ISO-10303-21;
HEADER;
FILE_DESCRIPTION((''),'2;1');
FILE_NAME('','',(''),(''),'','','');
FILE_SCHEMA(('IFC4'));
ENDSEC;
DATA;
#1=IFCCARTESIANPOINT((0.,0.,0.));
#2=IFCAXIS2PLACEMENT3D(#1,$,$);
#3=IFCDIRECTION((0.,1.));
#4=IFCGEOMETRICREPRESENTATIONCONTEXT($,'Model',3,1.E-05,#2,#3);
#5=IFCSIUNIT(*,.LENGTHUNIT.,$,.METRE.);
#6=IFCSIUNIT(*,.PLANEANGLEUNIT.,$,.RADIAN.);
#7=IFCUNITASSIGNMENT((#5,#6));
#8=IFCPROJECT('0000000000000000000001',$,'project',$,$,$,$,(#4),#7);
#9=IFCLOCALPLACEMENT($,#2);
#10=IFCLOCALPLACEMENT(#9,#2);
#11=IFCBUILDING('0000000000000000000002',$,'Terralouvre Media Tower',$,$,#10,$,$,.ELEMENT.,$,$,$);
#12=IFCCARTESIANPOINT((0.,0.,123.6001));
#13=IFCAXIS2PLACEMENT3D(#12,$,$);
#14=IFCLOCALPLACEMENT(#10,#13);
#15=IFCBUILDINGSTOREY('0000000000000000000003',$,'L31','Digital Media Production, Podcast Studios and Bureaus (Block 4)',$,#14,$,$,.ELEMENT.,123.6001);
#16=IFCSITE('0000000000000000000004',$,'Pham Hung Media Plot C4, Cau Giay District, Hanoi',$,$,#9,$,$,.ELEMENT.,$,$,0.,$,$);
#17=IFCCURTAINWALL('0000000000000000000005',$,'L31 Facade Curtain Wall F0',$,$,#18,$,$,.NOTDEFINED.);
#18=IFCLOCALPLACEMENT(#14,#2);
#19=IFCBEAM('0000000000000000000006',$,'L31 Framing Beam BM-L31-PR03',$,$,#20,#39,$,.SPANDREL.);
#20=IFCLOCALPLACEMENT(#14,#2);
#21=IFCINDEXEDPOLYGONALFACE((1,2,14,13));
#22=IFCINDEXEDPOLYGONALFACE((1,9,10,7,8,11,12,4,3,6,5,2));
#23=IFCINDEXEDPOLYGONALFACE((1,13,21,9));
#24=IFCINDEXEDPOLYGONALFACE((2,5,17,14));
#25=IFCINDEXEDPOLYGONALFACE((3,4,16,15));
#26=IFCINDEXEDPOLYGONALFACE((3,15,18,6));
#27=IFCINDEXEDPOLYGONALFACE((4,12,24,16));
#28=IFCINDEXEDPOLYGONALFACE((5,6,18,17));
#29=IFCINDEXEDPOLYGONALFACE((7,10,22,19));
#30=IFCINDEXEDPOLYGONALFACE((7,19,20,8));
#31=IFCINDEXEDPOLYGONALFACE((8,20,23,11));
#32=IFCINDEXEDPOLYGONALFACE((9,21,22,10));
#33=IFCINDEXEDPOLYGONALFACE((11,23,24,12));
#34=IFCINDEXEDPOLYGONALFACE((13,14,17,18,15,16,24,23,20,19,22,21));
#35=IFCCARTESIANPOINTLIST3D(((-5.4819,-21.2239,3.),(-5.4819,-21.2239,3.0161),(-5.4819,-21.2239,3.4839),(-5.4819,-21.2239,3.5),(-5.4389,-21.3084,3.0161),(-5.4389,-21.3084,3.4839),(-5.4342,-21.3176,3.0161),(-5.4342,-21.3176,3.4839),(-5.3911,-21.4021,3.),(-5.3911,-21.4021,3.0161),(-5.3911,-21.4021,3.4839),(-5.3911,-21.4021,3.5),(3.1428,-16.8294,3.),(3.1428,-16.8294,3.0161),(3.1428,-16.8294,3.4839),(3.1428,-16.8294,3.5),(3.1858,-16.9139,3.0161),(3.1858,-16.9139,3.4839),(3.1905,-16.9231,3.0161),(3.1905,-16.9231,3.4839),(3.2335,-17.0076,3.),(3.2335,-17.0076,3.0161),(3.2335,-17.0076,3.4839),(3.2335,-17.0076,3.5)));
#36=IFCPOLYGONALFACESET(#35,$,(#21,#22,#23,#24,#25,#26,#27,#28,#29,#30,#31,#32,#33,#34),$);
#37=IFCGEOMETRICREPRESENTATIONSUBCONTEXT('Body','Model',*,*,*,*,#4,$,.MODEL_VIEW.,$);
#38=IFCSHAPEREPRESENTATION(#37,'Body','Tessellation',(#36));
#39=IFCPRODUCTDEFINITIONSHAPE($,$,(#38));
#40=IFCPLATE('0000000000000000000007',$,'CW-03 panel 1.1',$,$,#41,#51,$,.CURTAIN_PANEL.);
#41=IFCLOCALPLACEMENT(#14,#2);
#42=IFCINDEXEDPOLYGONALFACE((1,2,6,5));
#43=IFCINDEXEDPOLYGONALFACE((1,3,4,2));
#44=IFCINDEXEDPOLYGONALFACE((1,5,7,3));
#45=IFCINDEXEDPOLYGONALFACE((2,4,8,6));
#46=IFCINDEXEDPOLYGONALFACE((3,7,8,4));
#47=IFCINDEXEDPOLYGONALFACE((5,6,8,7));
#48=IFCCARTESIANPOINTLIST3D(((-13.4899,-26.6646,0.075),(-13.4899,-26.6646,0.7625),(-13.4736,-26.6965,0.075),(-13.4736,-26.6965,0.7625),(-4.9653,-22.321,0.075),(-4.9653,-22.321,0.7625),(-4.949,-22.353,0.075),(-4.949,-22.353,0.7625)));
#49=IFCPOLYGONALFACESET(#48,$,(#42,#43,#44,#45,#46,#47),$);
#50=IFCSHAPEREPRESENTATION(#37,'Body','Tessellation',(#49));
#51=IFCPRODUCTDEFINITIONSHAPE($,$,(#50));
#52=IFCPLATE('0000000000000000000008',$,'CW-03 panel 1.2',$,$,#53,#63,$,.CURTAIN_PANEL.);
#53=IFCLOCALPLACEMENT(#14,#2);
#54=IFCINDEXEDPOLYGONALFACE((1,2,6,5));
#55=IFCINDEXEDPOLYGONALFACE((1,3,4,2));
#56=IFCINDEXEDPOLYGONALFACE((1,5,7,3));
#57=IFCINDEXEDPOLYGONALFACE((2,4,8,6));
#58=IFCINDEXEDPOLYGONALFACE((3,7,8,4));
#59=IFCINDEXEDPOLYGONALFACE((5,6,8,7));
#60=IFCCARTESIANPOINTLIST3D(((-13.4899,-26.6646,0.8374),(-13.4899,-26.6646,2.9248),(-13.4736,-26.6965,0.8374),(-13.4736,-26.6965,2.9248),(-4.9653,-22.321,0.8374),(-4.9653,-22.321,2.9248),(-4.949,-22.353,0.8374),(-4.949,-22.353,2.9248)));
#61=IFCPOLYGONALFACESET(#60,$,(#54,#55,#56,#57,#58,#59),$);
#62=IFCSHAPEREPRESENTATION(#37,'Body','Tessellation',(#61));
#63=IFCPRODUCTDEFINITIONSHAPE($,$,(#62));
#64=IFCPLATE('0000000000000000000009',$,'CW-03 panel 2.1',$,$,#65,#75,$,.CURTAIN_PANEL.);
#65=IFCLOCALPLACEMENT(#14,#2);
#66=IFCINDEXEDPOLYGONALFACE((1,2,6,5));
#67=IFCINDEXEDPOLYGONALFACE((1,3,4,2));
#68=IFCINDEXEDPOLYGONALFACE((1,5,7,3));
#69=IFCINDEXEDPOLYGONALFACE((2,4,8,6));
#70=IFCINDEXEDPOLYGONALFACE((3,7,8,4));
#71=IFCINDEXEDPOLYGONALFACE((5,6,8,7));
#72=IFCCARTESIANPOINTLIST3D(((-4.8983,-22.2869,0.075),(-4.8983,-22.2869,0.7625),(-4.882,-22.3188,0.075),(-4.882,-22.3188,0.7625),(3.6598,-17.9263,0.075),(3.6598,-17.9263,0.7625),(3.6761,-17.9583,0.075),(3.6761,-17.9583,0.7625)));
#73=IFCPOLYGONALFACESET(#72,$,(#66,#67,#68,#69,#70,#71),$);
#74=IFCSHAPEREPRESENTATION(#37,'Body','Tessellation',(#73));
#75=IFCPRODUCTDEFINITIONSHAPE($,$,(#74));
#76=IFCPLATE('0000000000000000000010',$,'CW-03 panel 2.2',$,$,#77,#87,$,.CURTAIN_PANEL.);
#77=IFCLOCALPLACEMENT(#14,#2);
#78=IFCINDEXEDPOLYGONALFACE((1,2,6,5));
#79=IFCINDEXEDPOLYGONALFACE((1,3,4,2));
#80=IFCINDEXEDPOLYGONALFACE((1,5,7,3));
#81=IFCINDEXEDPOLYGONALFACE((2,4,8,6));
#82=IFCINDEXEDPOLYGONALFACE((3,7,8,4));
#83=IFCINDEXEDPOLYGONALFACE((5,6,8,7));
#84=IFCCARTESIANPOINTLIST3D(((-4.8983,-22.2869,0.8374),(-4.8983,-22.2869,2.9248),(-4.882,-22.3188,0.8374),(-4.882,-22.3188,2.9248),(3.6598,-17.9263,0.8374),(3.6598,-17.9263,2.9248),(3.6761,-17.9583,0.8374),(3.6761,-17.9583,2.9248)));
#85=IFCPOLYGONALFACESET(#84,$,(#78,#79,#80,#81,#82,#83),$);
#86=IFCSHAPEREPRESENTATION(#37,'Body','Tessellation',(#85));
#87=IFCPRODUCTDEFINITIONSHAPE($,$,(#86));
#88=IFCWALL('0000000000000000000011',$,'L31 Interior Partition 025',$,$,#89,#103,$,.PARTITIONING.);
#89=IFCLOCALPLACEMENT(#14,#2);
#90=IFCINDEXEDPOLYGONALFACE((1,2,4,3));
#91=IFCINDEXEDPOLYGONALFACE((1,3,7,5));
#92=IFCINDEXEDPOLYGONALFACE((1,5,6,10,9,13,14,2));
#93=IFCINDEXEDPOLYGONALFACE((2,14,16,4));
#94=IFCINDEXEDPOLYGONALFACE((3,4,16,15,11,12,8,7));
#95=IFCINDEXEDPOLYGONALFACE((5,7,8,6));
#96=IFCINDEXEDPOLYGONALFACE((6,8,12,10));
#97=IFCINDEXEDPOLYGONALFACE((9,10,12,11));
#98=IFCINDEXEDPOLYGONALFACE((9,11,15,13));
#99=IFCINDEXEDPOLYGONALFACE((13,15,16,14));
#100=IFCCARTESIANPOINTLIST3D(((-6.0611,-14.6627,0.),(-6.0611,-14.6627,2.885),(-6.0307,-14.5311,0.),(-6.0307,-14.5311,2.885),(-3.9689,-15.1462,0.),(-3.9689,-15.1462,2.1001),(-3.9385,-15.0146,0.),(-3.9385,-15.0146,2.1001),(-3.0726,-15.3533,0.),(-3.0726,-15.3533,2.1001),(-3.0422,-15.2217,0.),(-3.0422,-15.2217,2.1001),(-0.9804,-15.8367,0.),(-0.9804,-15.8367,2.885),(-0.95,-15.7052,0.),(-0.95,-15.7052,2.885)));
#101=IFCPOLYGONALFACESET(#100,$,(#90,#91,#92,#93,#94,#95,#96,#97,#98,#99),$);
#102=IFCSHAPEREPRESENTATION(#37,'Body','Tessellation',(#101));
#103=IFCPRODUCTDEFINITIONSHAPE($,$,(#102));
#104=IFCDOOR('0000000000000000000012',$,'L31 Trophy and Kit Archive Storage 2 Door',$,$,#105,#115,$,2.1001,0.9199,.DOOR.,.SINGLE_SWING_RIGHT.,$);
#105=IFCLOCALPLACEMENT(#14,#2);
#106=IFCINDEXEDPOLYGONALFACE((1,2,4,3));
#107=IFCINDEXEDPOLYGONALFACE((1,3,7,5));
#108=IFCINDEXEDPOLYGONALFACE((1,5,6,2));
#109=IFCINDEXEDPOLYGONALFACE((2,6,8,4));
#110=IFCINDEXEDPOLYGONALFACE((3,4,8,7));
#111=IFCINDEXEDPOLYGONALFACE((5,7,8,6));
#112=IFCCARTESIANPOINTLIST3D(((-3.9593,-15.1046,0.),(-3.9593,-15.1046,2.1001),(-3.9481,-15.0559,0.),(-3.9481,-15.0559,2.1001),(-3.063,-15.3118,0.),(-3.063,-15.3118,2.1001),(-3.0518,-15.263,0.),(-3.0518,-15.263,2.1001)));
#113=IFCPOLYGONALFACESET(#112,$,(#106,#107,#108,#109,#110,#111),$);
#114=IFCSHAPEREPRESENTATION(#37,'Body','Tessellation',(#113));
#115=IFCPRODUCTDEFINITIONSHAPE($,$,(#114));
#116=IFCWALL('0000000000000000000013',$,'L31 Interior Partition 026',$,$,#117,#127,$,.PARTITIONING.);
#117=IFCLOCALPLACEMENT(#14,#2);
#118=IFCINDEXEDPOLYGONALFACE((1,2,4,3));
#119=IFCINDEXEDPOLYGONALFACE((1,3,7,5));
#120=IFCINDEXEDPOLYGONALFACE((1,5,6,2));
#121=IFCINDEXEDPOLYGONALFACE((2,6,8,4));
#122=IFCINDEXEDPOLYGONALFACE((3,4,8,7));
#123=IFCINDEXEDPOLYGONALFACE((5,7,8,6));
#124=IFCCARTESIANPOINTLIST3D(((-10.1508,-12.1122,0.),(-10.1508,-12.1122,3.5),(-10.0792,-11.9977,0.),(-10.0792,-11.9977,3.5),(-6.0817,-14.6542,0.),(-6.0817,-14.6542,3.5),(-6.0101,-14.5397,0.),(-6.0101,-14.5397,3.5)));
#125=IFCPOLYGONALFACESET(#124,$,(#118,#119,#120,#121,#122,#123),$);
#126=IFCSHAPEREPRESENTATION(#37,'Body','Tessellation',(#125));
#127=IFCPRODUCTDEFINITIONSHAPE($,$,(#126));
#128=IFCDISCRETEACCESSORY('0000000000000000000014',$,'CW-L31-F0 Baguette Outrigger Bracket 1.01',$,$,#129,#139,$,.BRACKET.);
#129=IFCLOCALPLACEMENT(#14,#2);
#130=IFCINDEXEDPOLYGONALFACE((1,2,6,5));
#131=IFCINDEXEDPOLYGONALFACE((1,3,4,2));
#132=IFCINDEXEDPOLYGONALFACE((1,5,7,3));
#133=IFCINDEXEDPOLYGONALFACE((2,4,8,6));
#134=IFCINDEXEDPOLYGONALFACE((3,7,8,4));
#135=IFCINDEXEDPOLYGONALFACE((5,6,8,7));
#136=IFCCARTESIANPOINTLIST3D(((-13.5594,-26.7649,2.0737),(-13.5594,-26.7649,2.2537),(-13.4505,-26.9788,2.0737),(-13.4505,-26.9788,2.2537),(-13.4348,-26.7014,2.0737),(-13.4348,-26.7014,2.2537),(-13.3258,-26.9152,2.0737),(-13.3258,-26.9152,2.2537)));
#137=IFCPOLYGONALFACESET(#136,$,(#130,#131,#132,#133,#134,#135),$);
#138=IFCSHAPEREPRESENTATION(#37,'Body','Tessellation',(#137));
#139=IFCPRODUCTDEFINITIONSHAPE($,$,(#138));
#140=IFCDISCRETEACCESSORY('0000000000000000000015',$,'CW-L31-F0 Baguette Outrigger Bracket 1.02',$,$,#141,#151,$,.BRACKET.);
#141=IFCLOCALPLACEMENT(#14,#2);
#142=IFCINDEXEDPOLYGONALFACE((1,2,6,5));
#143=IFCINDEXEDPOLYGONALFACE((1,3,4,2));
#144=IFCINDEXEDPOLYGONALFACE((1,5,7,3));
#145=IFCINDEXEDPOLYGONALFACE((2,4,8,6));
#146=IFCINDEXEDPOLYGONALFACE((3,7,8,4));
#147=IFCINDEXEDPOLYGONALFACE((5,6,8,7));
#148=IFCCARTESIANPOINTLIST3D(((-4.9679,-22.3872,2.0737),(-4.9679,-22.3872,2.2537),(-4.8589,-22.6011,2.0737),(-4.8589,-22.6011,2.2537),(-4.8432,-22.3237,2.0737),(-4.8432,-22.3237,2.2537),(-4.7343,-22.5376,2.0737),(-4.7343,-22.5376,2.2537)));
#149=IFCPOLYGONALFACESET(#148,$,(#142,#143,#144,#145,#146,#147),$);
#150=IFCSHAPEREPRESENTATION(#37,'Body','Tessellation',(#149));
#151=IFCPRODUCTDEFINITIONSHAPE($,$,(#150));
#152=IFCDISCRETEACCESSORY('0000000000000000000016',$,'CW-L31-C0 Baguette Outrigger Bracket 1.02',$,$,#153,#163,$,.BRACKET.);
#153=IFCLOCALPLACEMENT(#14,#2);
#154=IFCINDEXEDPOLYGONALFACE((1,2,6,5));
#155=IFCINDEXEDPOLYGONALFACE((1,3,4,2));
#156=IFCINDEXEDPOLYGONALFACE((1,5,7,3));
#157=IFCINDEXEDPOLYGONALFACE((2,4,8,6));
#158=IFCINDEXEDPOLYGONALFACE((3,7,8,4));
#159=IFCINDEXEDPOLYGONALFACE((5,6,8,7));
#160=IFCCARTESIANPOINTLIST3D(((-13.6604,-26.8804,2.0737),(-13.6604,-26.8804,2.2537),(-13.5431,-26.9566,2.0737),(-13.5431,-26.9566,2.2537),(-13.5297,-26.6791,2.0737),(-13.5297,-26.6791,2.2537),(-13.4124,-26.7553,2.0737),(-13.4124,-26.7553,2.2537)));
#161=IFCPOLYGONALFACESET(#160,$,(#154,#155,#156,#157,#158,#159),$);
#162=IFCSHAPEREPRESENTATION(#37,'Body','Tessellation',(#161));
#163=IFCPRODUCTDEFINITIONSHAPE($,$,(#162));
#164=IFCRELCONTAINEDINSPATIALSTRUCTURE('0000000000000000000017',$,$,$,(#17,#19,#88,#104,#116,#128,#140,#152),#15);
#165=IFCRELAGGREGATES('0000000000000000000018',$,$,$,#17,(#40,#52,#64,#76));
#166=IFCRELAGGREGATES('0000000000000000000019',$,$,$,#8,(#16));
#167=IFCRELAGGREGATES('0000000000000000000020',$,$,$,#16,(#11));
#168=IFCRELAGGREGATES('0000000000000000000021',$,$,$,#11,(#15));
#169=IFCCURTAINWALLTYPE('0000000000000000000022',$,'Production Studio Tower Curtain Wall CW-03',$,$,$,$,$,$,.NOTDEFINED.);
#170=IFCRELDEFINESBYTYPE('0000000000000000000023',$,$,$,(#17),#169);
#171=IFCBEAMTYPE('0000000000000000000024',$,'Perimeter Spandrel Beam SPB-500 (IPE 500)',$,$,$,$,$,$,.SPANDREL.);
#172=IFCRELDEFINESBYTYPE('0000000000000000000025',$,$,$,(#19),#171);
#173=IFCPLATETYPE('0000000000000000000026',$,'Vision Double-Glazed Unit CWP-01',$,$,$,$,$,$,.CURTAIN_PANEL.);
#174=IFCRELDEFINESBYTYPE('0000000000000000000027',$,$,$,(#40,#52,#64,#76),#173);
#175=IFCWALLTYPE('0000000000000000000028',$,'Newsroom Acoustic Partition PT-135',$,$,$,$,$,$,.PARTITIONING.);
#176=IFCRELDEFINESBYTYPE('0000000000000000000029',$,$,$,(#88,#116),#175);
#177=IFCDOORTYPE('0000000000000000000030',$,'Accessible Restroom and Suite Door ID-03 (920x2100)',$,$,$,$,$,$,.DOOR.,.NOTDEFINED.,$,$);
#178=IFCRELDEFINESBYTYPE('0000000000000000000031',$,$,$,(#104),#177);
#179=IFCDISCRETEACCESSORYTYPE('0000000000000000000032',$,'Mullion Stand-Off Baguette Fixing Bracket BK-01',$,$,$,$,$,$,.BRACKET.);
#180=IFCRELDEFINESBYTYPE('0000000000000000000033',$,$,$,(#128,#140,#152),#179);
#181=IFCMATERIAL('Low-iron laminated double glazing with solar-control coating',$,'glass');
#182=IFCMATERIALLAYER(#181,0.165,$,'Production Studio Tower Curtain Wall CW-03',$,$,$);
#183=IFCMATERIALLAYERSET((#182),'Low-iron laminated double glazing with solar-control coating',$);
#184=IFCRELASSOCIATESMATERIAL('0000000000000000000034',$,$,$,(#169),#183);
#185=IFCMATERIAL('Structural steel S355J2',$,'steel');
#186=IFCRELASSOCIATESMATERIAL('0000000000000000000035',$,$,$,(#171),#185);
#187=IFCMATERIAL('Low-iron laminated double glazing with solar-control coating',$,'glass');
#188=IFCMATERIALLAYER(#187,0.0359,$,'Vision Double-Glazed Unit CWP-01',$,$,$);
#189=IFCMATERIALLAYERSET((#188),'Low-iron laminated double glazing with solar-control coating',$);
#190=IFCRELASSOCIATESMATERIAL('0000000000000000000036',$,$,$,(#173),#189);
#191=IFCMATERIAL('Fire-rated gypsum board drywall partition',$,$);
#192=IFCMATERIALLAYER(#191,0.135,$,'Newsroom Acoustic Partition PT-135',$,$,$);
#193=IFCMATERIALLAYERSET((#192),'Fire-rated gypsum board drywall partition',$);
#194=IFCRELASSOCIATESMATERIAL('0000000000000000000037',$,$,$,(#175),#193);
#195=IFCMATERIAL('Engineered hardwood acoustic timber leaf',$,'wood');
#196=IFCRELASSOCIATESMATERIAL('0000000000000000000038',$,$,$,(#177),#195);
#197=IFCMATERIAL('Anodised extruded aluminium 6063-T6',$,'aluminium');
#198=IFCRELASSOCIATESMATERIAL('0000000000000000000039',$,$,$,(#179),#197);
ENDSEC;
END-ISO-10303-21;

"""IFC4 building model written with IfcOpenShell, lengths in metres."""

from ifc_helpers import new_model, si_unit, direction, frame, frame_2d, origin, origin_2d, place, context, subcontext, project, spatial, rectangle, i_section, extrude, material, layer, layer_set, material_profile, profile_set, type_object, element, fill, aggregate, save


model = new_model("IFC4")

# Units and contexts
model_context = context("Model", 3, precision=1e-05, world=origin(), true_north=direction((0.0, 1.0)))
body_context = subcontext(model_context, "Body", "Model", "MODEL_VIEW")
ifc_project = project(units=[si_unit("LENGTHUNIT", "METRE"), si_unit("PLANEANGLEUNIT", "RADIAN")], contexts=[model_context])

# Site, building, storey
site_placement = place(None, origin())
site = spatial("IfcSite", under=ifc_project, at=site_placement, Name="Pham Hung Media Plot C4, Cau Giay District, Hanoi", CompositionType="ELEMENT", RefElevation=0.0)
building_placement = place(site_placement, origin())
building = spatial("IfcBuilding", under=site, at=building_placement, Name="Terralouvre Media Tower", CompositionType="ELEMENT")
storey_placement = place(building_placement, frame((0.0, 0.0, 123.6001)))
storey = spatial("IfcBuildingStorey", under=building, at=storey_placement, Name="L31", Description="Digital Media Production, Podcast Studios and Bureaus (Block 4)", CompositionType="ELEMENT", Elevation=123.6001)

# Curtain wall
ifc_material_1 = material(Name="Low-iron laminated double glazing with solar-control coating", Category="glass")
ifc_layer_1 = layer(ifc_material_1, 0.165, Name="Production Studio Tower Curtain Wall CW-03")
ifc_layer_set_1 = layer_set([ifc_layer_1], Name="Low-iron laminated double glazing with solar-control coating")
curtain_wall_type_1 = type_object("IfcCurtainWallType", Name="Production Studio Tower Curtain Wall CW-03", PredefinedType="NOTDEFINED", material=ifc_layer_set_1)
curtain_wall_1_placement = place(storey_placement, origin())
curtain_wall_1 = element("IfcCurtainWall", 1, at=curtain_wall_1_placement, inside=storey, type_object=curtain_wall_type_1, Name="L31 Facade Curtain Wall F0", PredefinedType="NOTDEFINED")

# Beam
ifc_material_2 = material(Name="Structural steel S355J2", Category="steel")
ifc_material_profile_1 = material_profile(ifc_material_2, i_section(OverallWidth=0.2, OverallDepth=0.5, WebThickness=0.0103, FlangeThickness=0.0161, at=origin_2d()), Name="IPE 500")
ifc_profile_set_1 = profile_set([ifc_material_profile_1], Name="Structural steel S355J2")
beam_type_1 = type_object("IfcBeamType", Name="Perimeter Spandrel Beam SPB-500 (IPE 500)", PredefinedType="SPANDREL", material=ifc_profile_set_1)
beam_1_placement = place(storey_placement, frame((-5.4365, -21.313, 3.25), z_axis=(0.891007, 0.45399, 0.0), x_axis=(-0.45399, 0.891007, 0.0)))
element("IfcBeam", 2, at=beam_1_placement, inside=storey, type_object=beam_type_1, Name="L31 Framing Beam BM-L31-PR03", PredefinedType="SPANDREL", context=body_context, shape_type="SweptSolid", body=[
    extrude(i_section(OverallWidth=0.2, OverallDepth=0.5, WebThickness=0.0103, FlangeThickness=0.0161, at=origin_2d()), origin(), (0.0, 0.0, 1.0), 9.6797),
])

# Plates
ifc_material_3 = material(Name="Low-iron laminated double glazing with solar-control coating", Category="glass")
ifc_layer_2 = layer(ifc_material_3, 0.0359, Name="Vision Double-Glazed Unit CWP-01")
ifc_layer_set_2 = layer_set([ifc_layer_2], Name="Low-iron laminated double glazing with solar-control coating")
plate_type = type_object("IfcPlateType", Name="Vision Double-Glazed Unit CWP-01", PredefinedType="CURTAIN_PANEL", material=ifc_layer_set_2)
plate_1_placement = place(storey_placement, frame((-9.2195, -24.5088, 0.075), z_axis=(0.0, 0.0, 1.0), x_axis=(0.891007, 0.453991, 0.0)))
plate_1 = element("IfcPlate", 3, at=plate_1_placement, type_object=plate_type, Name="CW-03 panel 1.1", PredefinedType="CURTAIN_PANEL", context=body_context, shape_type="SweptSolid", body=[
    extrude(rectangle(XDim=9.5674, YDim=0.0359, at=origin_2d()), origin(), (0.0, 0.0, 1.0), 0.6875),
])
plate_2_placement = place(storey_placement, frame((-9.2195, -24.5088, 0.8374), z_axis=(0.0, 0.0, 1.0), x_axis=(0.891007, 0.453991, 0.0)))
plate_2 = element("IfcPlate", 4, at=plate_2_placement, type_object=plate_type, Name="CW-03 panel 1.2", PredefinedType="CURTAIN_PANEL", context=body_context, shape_type="SweptSolid", body=[
    extrude(rectangle(XDim=9.5674, YDim=0.0359, at=origin_2d()), origin(), (0.0, 0.0, 1.0), 2.0874),
])
plate_3_placement = place(storey_placement, frame((-0.6111, -20.1226, 0.075), z_axis=(0.0, 0.0, 1.0), x_axis=(0.891007, 0.453991, 0.0)))
plate_3 = element("IfcPlate", 5, at=plate_3_placement, type_object=plate_type, Name="CW-03 panel 2.1", PredefinedType="CURTAIN_PANEL", context=body_context, shape_type="SweptSolid", body=[
    extrude(rectangle(XDim=9.605, YDim=0.0359, at=origin_2d()), origin(), (0.0, 0.0, 1.0), 0.6875),
])
plate_4_placement = place(storey_placement, frame((-0.6111, -20.1226, 0.8374), z_axis=(0.0, 0.0, 1.0), x_axis=(0.891007, 0.453991, 0.0)))
plate_4 = element("IfcPlate", 6, at=plate_4_placement, type_object=plate_type, Name="CW-03 panel 2.2", PredefinedType="CURTAIN_PANEL", context=body_context, shape_type="SweptSolid", body=[
    extrude(rectangle(XDim=9.605, YDim=0.0359, at=origin_2d()), origin(), (0.0, 0.0, 1.0), 2.0874),
])
aggregate(curtain_wall_1, [plate_1, plate_2, plate_3, plate_4])

# Wall, opening, door
ifc_material_4 = material(Name="Fire-rated gypsum board drywall partition")
ifc_layer_3 = layer(ifc_material_4, 0.135, Name="Newsroom Acoustic Partition PT-135")
ifc_layer_set_3 = layer_set([ifc_layer_3], Name="Fire-rated gypsum board drywall partition")
wall_type = type_object("IfcWallType", Name="Newsroom Acoustic Partition PT-135", PredefinedType="PARTITIONING", material=ifc_layer_set_3)
wall_1_placement = place(storey_placement, frame((-0.9651, -15.771, 0.0), z_axis=(0.0, 0.0, 1.0), x_axis=(-0.974325, 0.225147, 0.0)))
wall_1 = element("IfcWall", 7, at=wall_1_placement, inside=storey, type_object=wall_type, Name="L31 Interior Partition 025", PredefinedType="PARTITIONING", context=body_context, shape_type="SweptSolid", body=[
    extrude(rectangle(XDim=5.2146, YDim=0.135, at=frame_2d((2.6074, 0.0))), origin(), (0.0, 0.0, 1.0), 2.885),
])
opening_placement = place(wall_1_placement, frame((2.1475, 0.0, 0.0)))
opening = element("IfcOpeningElement", 8, at=opening_placement, cuts=wall_1, PredefinedType="OPENING", context=body_context, shape_type="SweptSolid", body=[
    extrude(rectangle(XDim=0.9199, YDim=2.1001, at=frame_2d((0.46, 1.05))), frame((0.0, 0.0774, 0.0), z_axis=(0.0, -1.0, 0.0), x_axis=(1.0, 0.0, 0.0)), (0.0, 0.0, 1.0), 0.155),
])
ifc_material_5 = material(Name="Engineered hardwood acoustic timber leaf", Category="wood")
door_type = type_object("IfcDoorType", Name="Accessible Restroom and Suite Door ID-03 (920x2100)", OperationType="NOTDEFINED", PredefinedType="DOOR", material=ifc_material_5)
door_placement = place(opening_placement, origin())
door = element("IfcDoor", 9, at=door_placement, inside=storey, type_object=door_type, Name="L31 Trophy and Kit Archive Storage 2 Door", OperationType="SINGLE_SWING_RIGHT", OverallHeight=2.1001, OverallWidth=0.9199, PredefinedType="DOOR", context=body_context, shape_type="SweptSolid", body=[
    extrude(rectangle(XDim=0.9199, YDim=2.1001, at=frame_2d((0.46, 1.05))), frame((0.0, 0.0249, 0.0), z_axis=(0.0, -1.0, 0.0), x_axis=(1.0, 0.0, 0.0)), (0.0, 0.0, 1.0), 0.05),
])
fill(opening, door)

# Wall
wall_2_placement = place(storey_placement, frame((-6.0459, -14.5969, 0.0), z_axis=(0.0, 0.0, 1.0), x_axis=(-0.84811, 0.529821, 0.0)))
element("IfcWall", 10, at=wall_2_placement, inside=storey, type_object=wall_type, Name="L31 Interior Partition 026", PredefinedType="PARTITIONING", context=body_context, shape_type="SweptSolid", body=[
    extrude(rectangle(XDim=4.7979, YDim=0.135, at=frame_2d((2.3989, 0.0))), origin(), (0.0, 0.0, 1.0), 3.5),
])

# Discrete accessories
ifc_material_6 = material(Name="Anodised extruded aluminium 6063-T6", Category="aluminium")
discrete_accessory_type = type_object("IfcDiscreteAccessoryType", Name="Mullion Stand-Off Baguette Fixing Bracket BK-01", PredefinedType="BRACKET", material=ifc_material_6)
for number, where, z_axis, x_axis, name in (
    (11, (-13.4426, -26.8401, 2.0737), (0.0, 0.0, 1.0), (0.891007, 0.453991, 0.0), "CW-L31-F0 Baguette Outrigger Bracket 1.01"),
    (12, (-4.8511, -22.4624, 2.0737), (0.0, 0.0, 1.0), (0.891007, 0.453991, 0.0), "CW-L31-F0 Baguette Outrigger Bracket 1.02"),
    (13, (-13.5364, -26.8179, 2.0737), (0.0, 0.0, 1.0), (0.83867, -0.544639, 0.0), "CW-L31-C0 Baguette Outrigger Bracket 1.02"),
):
    element("IfcDiscreteAccessory", number, at=place(storey_placement, frame(where, z_axis=z_axis, x_axis=x_axis)), inside=storey, type_object=discrete_accessory_type, Name=name, PredefinedType="BRACKET", context=body_context, shape_type="SweptSolid", body=[
        extrude(rectangle(XDim=0.1399, YDim=0.24, at=origin_2d()), origin(), (0.0, 0.0, 1.0), 0.1799),
    ])

save(model, "model.ifc")
